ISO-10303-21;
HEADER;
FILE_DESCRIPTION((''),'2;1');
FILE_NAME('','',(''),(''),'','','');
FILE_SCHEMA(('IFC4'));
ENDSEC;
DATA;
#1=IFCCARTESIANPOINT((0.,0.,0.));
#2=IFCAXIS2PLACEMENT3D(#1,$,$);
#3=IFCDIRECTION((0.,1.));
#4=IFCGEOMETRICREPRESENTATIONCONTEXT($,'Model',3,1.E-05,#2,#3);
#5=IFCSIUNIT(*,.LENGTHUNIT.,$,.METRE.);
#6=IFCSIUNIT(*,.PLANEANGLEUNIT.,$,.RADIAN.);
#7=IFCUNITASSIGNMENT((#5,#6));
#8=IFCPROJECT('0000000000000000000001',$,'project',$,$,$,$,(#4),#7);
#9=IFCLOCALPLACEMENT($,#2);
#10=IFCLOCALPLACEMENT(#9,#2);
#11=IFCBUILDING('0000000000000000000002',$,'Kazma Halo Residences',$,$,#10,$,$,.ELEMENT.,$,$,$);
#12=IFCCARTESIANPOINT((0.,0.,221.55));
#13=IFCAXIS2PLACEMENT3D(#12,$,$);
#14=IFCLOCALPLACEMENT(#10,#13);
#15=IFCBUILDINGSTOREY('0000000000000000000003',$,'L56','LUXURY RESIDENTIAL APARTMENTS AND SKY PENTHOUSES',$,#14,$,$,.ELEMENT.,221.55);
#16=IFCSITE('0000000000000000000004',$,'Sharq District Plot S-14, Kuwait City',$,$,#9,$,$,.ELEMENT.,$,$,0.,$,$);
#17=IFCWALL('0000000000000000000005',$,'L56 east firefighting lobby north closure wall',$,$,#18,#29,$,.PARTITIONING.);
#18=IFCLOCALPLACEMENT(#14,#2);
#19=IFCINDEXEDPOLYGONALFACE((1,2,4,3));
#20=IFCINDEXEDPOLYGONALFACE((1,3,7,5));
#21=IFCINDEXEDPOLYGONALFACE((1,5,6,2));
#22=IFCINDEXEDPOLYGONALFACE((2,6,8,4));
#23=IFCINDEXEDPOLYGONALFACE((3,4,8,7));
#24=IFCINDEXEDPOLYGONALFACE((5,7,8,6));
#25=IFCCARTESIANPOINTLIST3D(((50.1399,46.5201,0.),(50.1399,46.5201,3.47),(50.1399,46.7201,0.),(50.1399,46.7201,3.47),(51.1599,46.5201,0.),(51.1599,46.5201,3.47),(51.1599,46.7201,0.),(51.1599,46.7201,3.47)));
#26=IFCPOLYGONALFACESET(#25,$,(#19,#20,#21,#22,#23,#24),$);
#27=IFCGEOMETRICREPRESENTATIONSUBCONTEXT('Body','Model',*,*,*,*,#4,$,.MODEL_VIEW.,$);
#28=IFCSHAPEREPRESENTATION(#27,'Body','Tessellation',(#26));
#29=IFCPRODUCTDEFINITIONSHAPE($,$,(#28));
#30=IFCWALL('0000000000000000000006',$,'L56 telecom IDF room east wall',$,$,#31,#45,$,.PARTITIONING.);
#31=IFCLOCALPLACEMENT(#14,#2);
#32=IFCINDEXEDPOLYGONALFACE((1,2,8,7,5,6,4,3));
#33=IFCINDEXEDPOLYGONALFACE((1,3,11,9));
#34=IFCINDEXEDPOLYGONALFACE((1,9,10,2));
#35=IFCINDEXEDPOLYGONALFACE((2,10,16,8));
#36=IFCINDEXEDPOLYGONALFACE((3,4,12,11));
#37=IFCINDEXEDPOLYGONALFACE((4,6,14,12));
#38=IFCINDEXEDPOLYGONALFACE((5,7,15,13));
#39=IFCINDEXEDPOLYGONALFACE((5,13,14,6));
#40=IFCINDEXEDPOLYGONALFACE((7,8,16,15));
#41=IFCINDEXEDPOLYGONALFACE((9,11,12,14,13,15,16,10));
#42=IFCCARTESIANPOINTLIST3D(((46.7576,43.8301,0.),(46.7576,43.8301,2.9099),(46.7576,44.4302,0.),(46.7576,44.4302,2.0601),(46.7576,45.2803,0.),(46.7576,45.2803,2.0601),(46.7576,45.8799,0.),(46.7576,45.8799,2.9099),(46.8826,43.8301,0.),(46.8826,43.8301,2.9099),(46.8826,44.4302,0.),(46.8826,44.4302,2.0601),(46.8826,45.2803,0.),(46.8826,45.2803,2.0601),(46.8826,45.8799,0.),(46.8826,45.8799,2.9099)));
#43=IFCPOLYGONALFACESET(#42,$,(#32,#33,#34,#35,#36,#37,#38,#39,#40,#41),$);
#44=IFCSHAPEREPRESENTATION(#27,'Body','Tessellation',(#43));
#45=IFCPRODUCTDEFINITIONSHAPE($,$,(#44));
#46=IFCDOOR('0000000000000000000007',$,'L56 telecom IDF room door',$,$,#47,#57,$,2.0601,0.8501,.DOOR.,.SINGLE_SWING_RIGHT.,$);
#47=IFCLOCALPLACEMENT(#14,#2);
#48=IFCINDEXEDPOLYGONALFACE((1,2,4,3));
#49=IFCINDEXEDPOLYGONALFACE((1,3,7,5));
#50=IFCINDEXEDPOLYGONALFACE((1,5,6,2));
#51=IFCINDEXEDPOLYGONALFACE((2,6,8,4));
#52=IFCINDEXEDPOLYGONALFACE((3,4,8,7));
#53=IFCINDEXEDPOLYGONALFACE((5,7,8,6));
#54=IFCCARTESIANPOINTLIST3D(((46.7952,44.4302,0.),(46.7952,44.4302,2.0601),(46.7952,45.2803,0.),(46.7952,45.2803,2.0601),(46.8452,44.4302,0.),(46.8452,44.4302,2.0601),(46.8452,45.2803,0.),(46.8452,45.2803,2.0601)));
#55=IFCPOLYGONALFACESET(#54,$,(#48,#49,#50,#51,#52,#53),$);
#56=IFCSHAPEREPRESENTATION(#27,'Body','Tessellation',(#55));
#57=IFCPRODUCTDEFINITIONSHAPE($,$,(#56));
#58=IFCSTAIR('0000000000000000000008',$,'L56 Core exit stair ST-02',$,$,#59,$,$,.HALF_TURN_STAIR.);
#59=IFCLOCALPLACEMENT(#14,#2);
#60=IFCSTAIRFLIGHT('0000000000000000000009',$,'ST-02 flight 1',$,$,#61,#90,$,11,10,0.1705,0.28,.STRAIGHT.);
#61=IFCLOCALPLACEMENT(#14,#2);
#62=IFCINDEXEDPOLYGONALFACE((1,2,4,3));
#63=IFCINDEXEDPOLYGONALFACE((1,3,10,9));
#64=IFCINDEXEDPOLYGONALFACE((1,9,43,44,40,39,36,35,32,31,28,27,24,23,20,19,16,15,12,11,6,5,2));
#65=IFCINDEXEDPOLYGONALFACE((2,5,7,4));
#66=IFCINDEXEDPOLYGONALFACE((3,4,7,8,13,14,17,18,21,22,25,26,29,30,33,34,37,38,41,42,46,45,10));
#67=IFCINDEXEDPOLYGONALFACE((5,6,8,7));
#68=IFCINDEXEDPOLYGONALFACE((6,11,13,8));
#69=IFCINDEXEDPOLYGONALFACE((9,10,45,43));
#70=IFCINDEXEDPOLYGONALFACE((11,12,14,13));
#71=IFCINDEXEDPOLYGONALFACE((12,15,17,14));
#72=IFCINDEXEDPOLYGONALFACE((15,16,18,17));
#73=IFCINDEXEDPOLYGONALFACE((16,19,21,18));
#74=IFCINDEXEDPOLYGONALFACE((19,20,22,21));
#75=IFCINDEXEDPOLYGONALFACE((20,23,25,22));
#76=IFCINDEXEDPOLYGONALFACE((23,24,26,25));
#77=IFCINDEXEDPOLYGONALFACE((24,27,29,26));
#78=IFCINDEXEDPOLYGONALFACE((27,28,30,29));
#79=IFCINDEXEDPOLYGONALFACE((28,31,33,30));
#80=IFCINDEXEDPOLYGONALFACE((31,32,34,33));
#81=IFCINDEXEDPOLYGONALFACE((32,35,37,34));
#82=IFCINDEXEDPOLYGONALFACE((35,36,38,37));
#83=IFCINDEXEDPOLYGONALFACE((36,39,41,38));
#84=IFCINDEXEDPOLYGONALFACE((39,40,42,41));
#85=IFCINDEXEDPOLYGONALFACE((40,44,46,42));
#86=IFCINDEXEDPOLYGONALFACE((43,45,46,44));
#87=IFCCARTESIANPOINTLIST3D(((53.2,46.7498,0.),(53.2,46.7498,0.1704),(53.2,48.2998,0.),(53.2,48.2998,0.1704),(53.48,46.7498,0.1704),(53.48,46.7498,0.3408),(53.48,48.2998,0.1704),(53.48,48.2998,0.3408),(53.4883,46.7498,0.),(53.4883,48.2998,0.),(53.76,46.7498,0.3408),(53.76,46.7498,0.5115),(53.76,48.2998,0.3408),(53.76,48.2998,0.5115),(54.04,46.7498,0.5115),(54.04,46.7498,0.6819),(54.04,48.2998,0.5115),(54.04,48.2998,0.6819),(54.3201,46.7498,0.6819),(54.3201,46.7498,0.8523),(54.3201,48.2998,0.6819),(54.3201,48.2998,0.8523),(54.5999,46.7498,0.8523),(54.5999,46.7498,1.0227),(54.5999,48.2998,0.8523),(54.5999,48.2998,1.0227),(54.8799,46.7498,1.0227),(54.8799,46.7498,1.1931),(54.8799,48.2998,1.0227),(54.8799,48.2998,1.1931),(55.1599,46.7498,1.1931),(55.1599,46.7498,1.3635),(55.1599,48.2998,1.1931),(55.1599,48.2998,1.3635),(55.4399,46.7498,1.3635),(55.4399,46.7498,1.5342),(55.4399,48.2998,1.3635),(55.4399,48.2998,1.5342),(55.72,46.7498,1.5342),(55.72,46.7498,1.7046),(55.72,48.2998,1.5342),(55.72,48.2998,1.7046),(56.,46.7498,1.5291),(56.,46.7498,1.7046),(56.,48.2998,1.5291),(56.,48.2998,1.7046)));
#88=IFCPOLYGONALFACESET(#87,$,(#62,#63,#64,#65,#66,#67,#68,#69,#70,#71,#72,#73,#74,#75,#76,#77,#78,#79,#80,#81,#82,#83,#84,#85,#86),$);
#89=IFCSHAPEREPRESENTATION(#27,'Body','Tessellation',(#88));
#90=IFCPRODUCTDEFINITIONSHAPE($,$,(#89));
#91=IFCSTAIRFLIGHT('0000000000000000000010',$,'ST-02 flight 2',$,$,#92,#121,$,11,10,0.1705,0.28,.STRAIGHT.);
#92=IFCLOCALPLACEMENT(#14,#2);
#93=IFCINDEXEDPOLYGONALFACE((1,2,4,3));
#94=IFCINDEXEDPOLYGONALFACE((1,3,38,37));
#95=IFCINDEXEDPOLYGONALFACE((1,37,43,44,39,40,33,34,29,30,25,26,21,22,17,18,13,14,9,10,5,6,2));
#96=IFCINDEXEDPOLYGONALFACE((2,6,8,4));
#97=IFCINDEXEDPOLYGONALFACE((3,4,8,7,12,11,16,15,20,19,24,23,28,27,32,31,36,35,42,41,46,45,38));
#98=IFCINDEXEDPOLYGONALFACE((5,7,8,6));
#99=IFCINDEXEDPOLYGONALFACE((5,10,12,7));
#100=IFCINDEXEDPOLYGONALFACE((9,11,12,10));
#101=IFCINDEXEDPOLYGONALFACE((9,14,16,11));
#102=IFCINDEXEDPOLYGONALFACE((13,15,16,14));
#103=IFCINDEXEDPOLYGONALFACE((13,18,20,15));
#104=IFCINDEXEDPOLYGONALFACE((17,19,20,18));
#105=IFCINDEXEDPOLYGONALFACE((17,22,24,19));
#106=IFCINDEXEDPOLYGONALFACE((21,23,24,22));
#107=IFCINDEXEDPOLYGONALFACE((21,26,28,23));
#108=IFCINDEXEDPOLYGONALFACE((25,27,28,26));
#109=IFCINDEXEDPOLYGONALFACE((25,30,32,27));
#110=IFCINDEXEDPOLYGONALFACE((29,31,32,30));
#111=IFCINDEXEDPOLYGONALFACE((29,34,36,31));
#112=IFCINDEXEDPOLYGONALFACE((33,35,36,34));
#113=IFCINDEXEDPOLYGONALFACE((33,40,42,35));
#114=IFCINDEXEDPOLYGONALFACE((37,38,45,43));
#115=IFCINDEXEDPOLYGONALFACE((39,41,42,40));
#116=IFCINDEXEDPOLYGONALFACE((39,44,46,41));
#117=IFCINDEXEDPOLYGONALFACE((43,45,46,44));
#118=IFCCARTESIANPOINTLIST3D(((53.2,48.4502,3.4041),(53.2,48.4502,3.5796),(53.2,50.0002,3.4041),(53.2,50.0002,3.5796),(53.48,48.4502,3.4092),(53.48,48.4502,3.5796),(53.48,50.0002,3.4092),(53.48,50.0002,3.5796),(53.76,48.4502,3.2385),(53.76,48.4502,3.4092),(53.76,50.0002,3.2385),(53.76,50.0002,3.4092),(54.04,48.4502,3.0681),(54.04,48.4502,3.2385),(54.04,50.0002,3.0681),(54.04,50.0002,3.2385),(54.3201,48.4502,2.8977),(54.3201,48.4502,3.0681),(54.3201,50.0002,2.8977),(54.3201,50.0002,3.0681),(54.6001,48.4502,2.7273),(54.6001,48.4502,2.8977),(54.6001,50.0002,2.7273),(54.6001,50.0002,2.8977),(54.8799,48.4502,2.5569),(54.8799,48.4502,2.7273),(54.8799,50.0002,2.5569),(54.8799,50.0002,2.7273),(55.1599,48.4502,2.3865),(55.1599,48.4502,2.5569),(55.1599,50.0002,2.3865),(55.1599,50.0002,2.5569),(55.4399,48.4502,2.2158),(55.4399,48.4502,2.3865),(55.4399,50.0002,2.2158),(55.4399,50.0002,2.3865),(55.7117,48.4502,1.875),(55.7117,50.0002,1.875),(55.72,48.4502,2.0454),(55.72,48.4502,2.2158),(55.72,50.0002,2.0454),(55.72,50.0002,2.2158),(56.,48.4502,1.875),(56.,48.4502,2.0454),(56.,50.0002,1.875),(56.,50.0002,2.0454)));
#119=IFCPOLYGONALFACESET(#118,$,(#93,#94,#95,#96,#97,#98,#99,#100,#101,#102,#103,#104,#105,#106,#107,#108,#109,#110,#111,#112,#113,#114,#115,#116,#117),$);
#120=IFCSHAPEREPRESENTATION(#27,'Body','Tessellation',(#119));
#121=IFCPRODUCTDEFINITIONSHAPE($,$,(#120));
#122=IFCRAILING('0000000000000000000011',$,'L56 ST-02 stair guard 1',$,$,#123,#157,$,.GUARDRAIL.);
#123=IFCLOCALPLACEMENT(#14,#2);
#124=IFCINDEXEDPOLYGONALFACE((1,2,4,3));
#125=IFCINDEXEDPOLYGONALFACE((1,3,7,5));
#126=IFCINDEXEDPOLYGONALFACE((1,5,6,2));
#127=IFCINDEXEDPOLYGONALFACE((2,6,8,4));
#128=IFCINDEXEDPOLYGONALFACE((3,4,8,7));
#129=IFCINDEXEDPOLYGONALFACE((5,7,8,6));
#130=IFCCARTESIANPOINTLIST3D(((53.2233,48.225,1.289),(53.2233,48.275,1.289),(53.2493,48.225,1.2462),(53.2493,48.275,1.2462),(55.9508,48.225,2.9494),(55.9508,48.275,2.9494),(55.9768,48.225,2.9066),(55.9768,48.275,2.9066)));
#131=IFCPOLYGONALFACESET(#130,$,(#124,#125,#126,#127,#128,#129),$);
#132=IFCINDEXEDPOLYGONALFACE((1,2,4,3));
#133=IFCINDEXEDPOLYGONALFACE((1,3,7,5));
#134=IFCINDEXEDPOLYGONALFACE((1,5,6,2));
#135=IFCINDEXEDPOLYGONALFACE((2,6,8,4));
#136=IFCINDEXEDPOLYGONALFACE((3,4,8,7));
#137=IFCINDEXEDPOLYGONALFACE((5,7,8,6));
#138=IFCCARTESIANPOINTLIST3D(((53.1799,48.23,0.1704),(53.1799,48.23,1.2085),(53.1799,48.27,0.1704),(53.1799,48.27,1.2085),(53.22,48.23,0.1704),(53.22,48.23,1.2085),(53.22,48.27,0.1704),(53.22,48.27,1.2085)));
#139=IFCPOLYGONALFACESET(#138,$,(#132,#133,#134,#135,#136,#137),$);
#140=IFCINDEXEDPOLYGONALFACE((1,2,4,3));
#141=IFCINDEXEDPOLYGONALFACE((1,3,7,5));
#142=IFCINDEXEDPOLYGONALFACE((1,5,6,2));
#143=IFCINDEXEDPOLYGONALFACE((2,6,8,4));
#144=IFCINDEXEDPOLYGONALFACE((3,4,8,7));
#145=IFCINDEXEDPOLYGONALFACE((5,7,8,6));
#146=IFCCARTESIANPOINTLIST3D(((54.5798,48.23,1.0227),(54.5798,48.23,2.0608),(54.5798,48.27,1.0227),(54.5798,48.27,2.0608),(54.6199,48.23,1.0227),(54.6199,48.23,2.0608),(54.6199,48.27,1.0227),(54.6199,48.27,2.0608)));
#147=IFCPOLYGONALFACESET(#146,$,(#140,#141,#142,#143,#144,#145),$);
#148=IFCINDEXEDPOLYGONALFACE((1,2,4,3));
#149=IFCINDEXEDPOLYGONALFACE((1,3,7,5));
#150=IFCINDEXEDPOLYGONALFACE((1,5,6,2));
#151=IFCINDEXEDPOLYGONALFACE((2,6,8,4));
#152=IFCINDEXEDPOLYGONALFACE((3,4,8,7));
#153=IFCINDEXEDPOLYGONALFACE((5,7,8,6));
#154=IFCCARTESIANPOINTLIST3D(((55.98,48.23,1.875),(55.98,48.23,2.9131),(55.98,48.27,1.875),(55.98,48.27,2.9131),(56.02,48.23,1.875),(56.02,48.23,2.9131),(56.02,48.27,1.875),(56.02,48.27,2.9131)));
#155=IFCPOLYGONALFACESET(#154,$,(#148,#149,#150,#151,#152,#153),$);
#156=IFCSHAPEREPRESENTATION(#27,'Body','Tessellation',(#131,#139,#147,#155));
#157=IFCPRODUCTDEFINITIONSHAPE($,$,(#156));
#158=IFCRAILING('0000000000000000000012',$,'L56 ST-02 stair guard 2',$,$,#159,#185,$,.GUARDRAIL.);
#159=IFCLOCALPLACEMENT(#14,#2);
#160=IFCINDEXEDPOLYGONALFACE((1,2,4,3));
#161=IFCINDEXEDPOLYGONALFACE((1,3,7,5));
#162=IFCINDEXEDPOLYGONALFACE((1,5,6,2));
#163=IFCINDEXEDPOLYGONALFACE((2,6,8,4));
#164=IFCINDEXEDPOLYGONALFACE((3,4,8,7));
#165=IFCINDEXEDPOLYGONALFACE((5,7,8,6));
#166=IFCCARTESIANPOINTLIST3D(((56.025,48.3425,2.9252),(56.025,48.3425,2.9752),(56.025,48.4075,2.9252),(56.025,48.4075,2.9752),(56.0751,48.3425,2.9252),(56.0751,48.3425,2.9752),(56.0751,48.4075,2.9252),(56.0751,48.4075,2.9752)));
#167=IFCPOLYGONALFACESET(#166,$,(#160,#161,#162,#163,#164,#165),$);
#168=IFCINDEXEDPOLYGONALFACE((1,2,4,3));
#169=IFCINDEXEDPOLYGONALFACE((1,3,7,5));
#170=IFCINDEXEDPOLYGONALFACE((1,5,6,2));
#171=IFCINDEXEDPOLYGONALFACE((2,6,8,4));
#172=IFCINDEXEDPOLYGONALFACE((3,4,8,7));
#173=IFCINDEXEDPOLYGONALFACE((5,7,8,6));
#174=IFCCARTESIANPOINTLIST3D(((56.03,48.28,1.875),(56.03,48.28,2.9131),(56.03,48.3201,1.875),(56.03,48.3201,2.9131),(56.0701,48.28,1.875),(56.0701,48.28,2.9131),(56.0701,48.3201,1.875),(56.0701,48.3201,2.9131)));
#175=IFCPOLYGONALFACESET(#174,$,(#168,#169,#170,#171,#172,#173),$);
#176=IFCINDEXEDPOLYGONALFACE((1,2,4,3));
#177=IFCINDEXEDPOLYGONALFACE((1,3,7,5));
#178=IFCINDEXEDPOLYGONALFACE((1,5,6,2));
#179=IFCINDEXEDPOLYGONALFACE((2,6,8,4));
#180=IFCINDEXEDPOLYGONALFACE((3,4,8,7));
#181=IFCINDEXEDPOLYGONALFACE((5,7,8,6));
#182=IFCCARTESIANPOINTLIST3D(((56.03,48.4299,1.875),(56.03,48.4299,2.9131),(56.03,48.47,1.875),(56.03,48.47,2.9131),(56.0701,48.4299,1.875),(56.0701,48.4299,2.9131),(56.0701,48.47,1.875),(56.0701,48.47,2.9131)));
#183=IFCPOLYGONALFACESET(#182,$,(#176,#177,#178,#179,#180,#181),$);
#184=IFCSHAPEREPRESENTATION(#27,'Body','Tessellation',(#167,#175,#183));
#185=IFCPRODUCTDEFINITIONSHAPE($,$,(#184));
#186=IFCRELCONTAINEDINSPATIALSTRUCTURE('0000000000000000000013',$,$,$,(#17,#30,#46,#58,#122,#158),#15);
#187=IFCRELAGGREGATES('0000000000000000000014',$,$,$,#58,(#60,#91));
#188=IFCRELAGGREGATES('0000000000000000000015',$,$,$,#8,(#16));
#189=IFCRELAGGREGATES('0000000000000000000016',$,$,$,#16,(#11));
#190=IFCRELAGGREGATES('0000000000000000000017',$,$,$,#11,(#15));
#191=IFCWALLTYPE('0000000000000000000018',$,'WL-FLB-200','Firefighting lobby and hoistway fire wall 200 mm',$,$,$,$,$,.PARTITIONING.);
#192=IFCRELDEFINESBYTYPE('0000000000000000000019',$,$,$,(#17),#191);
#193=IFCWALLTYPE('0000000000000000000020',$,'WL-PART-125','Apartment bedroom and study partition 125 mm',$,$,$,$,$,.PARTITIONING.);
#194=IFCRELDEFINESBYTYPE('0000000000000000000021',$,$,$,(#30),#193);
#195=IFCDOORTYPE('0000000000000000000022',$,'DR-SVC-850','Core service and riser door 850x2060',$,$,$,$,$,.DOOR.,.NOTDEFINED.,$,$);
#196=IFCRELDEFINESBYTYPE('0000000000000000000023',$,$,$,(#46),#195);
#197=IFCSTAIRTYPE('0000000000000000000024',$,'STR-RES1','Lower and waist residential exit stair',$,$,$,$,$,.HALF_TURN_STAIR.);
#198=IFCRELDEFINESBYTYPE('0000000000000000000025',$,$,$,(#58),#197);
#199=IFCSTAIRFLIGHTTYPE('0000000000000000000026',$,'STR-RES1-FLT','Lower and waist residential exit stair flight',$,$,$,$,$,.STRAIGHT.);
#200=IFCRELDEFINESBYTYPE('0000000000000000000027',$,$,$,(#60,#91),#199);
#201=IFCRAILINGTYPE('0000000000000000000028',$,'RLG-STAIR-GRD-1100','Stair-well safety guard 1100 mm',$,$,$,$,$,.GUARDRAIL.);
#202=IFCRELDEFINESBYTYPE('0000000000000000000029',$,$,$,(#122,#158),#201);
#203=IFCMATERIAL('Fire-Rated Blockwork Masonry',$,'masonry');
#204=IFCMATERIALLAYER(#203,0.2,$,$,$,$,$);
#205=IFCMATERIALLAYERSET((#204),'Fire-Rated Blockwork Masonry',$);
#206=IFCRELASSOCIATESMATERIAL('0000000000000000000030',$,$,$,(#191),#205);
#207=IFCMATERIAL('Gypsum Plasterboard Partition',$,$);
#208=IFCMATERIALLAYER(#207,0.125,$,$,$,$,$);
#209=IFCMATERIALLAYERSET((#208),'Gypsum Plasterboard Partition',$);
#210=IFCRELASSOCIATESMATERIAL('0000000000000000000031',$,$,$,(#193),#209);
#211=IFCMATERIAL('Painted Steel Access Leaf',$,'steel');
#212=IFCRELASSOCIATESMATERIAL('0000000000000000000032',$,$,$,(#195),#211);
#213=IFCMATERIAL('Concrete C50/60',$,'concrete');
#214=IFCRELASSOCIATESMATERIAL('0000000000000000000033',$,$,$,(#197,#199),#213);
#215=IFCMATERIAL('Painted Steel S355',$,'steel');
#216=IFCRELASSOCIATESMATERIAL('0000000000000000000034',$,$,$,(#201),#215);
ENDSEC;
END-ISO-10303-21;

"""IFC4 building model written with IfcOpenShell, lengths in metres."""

from ifc_helpers import new_model, si_unit, direction, frame, frame_2d, origin, origin_2d, place, context, subcontext, project, spatial, polyline, rectangle, outline, extrude, material, layer, layer_set, type_object, element, fill, aggregate, save


model = new_model("IFC4")

# Units and contexts
model_context = context("Model", 3, precision=1e-05, world=origin(), true_north=direction((0.0, 1.0)))
body_context = subcontext(model_context, "Body", "Model", "MODEL_VIEW")
ifc_project = project(units=[si_unit("LENGTHUNIT", "METRE"), si_unit("PLANEANGLEUNIT", "RADIAN")], contexts=[model_context])

# Site, building, storey
site_placement = place(None, origin())
site = spatial("IfcSite", under=ifc_project, at=site_placement, Name="Sharq District Plot S-14, Kuwait City", CompositionType="ELEMENT", RefElevation=0.0)
building_placement = place(site_placement, origin())
building = spatial("IfcBuilding", under=site, at=building_placement, Name="Kazma Halo Residences", CompositionType="ELEMENT")
storey_placement = place(building_placement, frame((0.0, 0.0, 221.55)))
storey = spatial("IfcBuildingStorey", under=building, at=storey_placement, Name="L56", Description="LUXURY RESIDENTIAL APARTMENTS AND SKY PENTHOUSES", CompositionType="ELEMENT", Elevation=221.55)

# Shared definitions
ifc_material_1 = material(Name="Fire-Rated Blockwork Masonry", Category="masonry")
ifc_layer_1 = layer(ifc_material_1, 0.2)
ifc_layer_set_1 = layer_set([ifc_layer_1], Name="Fire-Rated Blockwork Masonry")
wall_type_1 = type_object("IfcWallType", Name="WL-FLB-200", Description="Firefighting lobby and hoistway fire wall 200 mm", PredefinedType="PARTITIONING", material=ifc_layer_set_1)

# Wall
wall_1_placement = place(storey_placement, frame((50.1399, 46.6201, 0.0), z_axis=(0.0, 0.0, 1.0), x_axis=(1.0, 0.0, 0.0)))
element("IfcWall", 1, at=wall_1_placement, inside=storey, type_object=wall_type_1, Name="L56 east firefighting lobby north closure wall", PredefinedType="PARTITIONING", context=body_context, shape_type="SweptSolid", body=[
    extrude(rectangle(XDim=1.02, YDim=0.2, at=frame_2d((0.51, 0.0))), origin(), (0.0, 0.0, 1.0), 3.47),
])

# Wall, opening, door
ifc_material_2 = material(Name="Gypsum Plasterboard Partition")
ifc_layer_2 = layer(ifc_material_2, 0.125)
ifc_layer_set_2 = layer_set([ifc_layer_2], Name="Gypsum Plasterboard Partition")
wall_type_2 = type_object("IfcWallType", Name="WL-PART-125", Description="Apartment bedroom and study partition 125 mm", PredefinedType="PARTITIONING", material=ifc_layer_set_2)
wall_2_placement = place(storey_placement, frame((46.8201, 43.8301, 0.0), z_axis=(0.0, 0.0, 1.0), x_axis=(0.0, 1.0, 0.0)))
wall_2 = element("IfcWall", 2, at=wall_2_placement, inside=storey, type_object=wall_type_2, Name="L56 telecom IDF room east wall", PredefinedType="PARTITIONING", context=body_context, shape_type="SweptSolid", body=[
    extrude(rectangle(XDim=2.0498, YDim=0.125, at=frame_2d((1.0249, 0.0))), origin(), (0.0, 0.0, 1.0), 2.9099),
])
opening_1_placement = place(wall_2_placement, frame((0.6001, 0.0, 0.0)))
opening_1 = element("IfcOpeningElement", 3, at=opening_1_placement, cuts=wall_2, PredefinedType="OPENING", context=body_context, shape_type="SweptSolid", body=[
    extrude(rectangle(XDim=0.8501, YDim=2.0601, at=frame_2d((0.425, 1.03))), frame((0.0, 0.0725, 0.0), z_axis=(0.0, -1.0, 0.0), x_axis=(1.0, 0.0, 0.0)), (0.0, 0.0, 1.0), 0.145),
])
ifc_material_3 = material(Name="Painted Steel Access Leaf", Category="steel")
door_type_1 = type_object("IfcDoorType", Name="DR-SVC-850", Description="Core service and riser door 850x2060", OperationType="NOTDEFINED", PredefinedType="DOOR", material=ifc_material_3)
door_1_placement = place(opening_1_placement, origin())
door_1 = element("IfcDoor", 4, at=door_1_placement, inside=storey, type_object=door_type_1, Name="L56 telecom IDF room door", OperationType="SINGLE_SWING_RIGHT", OverallHeight=2.0601, OverallWidth=0.8501, PredefinedType="DOOR", context=body_context, shape_type="SweptSolid", body=[
    extrude(rectangle(XDim=0.8501, YDim=2.0601, at=frame_2d((0.425, 1.03))), frame((0.0, 0.0249, 0.0), z_axis=(0.0, -1.0, 0.0), x_axis=(1.0, 0.0, 0.0)), (0.0, 0.0, 1.0), 0.05),
])
fill(opening_1, door_1)
ifc_material_4 = material(Name="Concrete C50/60", Category="concrete")

# Stair, stair flights
stair_type = type_object("IfcStairType", Name="STR-RES1", Description="Lower and waist residential exit stair", PredefinedType="HALF_TURN_STAIR", material=ifc_material_4)
stair_placement = place(storey_placement, origin())
stair = element("IfcStair", 5, at=stair_placement, inside=storey, type_object=stair_type, Name="L56 Core exit stair ST-02", PredefinedType="HALF_TURN_STAIR")
stair_flight_type = type_object("IfcStairFlightType", Name="STR-RES1-FLT", Description="Lower and waist residential exit stair flight", PredefinedType="STRAIGHT", material=ifc_material_4)
stair_flight_1_placement = place(storey_placement, frame((53.2, 47.5249, 0.0), z_axis=(0.0, 0.0, 1.0), x_axis=(1.0, 0.0, 0.0)))
stair_flight_1 = element("IfcStairFlight", 6, at=stair_flight_1_placement, type_object=stair_flight_type, Name="ST-02 flight 1", NumberOfRisers=11, NumberOfTreads=10, PredefinedType="STRAIGHT", RiserHeight=0.1705, TreadLength=0.28, context=body_context, shape_type="SweptSolid", body=[
    extrude(outline(polyline([(0.0, 0.0), (0.0, 0.1704), (0.28, 0.1704), (0.28, 0.3408), (0.5601, 0.3408), (0.5601, 0.5115), (0.8401, 0.5115), (0.8401, 0.6819), (1.1201, 0.6819), (1.1201, 0.8523), (1.3999, 0.8523), (1.3999, 1.0227), (1.6799, 1.0227), (1.6799, 1.1931), (1.96, 1.1931), (1.96, 1.3635), (2.24, 1.3635), (2.24, 1.5342), (2.52, 1.5342), (2.52, 1.7046), (2.8, 1.7046), (2.8, 1.875), (2.8, 1.5291), (0.2883, 0.0), (0.0, 0.0)])), frame((0.0, 0.7749, 0.0), z_axis=(0.0, -1.0, 0.0), x_axis=(1.0, 0.0, 0.0)), (0.0, 0.0, 1.0), 1.55),
])
stair_flight_2_placement = place(storey_placement, frame((56.0, 49.2251, 1.875), z_axis=(0.0, 0.0, 1.0), x_axis=(-1.0, 0.0, 0.0)))
stair_flight_2 = element("IfcStairFlight", 7, at=stair_flight_2_placement, type_object=stair_flight_type, Name="ST-02 flight 2", NumberOfRisers=11, NumberOfTreads=10, PredefinedType="STRAIGHT", RiserHeight=0.1705, TreadLength=0.28, context=body_context, shape_type="SweptSolid", body=[
    extrude(outline(polyline([(0.0, 0.0), (0.0, 0.1704), (0.28, 0.1704), (0.28, 0.3408), (0.5601, 0.3408), (0.5601, 0.5115), (0.8401, 0.5115), (0.8401, 0.6819), (1.1201, 0.6819), (1.1201, 0.8523), (1.3999, 0.8523), (1.3999, 1.0227), (1.6799, 1.0227), (1.6799, 1.1931), (1.96, 1.1931), (1.96, 1.3635), (2.24, 1.3635), (2.24, 1.5342), (2.52, 1.5342), (2.52, 1.7046), (2.8, 1.7046), (2.8, 1.875), (2.8, 1.5291), (0.2883, 0.0), (0.0, 0.0)])), frame((0.0, 0.7749, 0.0), z_axis=(0.0, -1.0, 0.0), x_axis=(1.0, 0.0, 0.0)), (0.0, 0.0, 1.0), 1.55),
])
aggregate(stair, [stair_flight_1, stair_flight_2])

# Railings
ifc_material_5 = material(Name="Painted Steel S355", Category="steel")
railing_type_1 = type_object("IfcRailingType", Name="RLG-STAIR-GRD-1100", Description="Stair-well safety guard 1100 mm", PredefinedType="GUARDRAIL", material=ifc_material_5)
railing_1_placement = place(storey_placement, frame((53.2, 48.25, 0.1704)))
element("IfcRailing", 8, at=railing_1_placement, inside=storey, type_object=railing_type_1, Name="L56 ST-02 stair guard 1", PredefinedType="GUARDRAIL", context=body_context, shape_type="SweptSolid", body=[
    extrude(rectangle(XDim=0.05, YDim=0.05, at=origin_2d()), frame((0.0364, 0.0, 1.0972), z_axis=(0.85417, 0.0, 0.519994), x_axis=(0.0, 1.0, 0.0)), (0.0, 0.0, 1.0), 3.1931),
    extrude(rectangle(XDim=0.04, YDim=0.04, at=origin_2d()), origin(), (0.0, 0.0, 1.0), 1.0381),
    extrude(rectangle(XDim=0.04, YDim=0.04, at=origin_2d()), frame((1.3999, 0.0, 0.8523)), (0.0, 0.0, 1.0), 1.0381),
    extrude(rectangle(XDim=0.04, YDim=0.04, at=origin_2d()), frame((2.8, 0.0, 1.7046)), (0.0, 0.0, 1.0), 1.0381),
])
railing_2_placement = place(storey_placement, frame((56.05, 48.3, 1.875)))
element("IfcRailing", 9, at=railing_2_placement, inside=storey, type_object=railing_type_1, Name="L56 ST-02 stair guard 2", PredefinedType="GUARDRAIL", context=body_context, shape_type="SweptSolid", body=[
    extrude(rectangle(XDim=0.05, YDim=0.05, at=origin_2d()), frame((0.0, 0.0425, 1.0752), z_axis=(0.0, 1.0, 0.0), x_axis=(-1.0, 0.0, 0.0)), (0.0, 0.0, 1.0), 0.0649),
    extrude(rectangle(XDim=0.04, YDim=0.04, at=origin_2d()), origin(), (0.0, 0.0, 1.0), 1.0381),
    extrude(rectangle(XDim=0.04, YDim=0.04, at=origin_2d()), frame((0.0, 0.1499, 0.0)), (0.0, 0.0, 1.0), 1.0381),
])

save(model, "model.ifc")
